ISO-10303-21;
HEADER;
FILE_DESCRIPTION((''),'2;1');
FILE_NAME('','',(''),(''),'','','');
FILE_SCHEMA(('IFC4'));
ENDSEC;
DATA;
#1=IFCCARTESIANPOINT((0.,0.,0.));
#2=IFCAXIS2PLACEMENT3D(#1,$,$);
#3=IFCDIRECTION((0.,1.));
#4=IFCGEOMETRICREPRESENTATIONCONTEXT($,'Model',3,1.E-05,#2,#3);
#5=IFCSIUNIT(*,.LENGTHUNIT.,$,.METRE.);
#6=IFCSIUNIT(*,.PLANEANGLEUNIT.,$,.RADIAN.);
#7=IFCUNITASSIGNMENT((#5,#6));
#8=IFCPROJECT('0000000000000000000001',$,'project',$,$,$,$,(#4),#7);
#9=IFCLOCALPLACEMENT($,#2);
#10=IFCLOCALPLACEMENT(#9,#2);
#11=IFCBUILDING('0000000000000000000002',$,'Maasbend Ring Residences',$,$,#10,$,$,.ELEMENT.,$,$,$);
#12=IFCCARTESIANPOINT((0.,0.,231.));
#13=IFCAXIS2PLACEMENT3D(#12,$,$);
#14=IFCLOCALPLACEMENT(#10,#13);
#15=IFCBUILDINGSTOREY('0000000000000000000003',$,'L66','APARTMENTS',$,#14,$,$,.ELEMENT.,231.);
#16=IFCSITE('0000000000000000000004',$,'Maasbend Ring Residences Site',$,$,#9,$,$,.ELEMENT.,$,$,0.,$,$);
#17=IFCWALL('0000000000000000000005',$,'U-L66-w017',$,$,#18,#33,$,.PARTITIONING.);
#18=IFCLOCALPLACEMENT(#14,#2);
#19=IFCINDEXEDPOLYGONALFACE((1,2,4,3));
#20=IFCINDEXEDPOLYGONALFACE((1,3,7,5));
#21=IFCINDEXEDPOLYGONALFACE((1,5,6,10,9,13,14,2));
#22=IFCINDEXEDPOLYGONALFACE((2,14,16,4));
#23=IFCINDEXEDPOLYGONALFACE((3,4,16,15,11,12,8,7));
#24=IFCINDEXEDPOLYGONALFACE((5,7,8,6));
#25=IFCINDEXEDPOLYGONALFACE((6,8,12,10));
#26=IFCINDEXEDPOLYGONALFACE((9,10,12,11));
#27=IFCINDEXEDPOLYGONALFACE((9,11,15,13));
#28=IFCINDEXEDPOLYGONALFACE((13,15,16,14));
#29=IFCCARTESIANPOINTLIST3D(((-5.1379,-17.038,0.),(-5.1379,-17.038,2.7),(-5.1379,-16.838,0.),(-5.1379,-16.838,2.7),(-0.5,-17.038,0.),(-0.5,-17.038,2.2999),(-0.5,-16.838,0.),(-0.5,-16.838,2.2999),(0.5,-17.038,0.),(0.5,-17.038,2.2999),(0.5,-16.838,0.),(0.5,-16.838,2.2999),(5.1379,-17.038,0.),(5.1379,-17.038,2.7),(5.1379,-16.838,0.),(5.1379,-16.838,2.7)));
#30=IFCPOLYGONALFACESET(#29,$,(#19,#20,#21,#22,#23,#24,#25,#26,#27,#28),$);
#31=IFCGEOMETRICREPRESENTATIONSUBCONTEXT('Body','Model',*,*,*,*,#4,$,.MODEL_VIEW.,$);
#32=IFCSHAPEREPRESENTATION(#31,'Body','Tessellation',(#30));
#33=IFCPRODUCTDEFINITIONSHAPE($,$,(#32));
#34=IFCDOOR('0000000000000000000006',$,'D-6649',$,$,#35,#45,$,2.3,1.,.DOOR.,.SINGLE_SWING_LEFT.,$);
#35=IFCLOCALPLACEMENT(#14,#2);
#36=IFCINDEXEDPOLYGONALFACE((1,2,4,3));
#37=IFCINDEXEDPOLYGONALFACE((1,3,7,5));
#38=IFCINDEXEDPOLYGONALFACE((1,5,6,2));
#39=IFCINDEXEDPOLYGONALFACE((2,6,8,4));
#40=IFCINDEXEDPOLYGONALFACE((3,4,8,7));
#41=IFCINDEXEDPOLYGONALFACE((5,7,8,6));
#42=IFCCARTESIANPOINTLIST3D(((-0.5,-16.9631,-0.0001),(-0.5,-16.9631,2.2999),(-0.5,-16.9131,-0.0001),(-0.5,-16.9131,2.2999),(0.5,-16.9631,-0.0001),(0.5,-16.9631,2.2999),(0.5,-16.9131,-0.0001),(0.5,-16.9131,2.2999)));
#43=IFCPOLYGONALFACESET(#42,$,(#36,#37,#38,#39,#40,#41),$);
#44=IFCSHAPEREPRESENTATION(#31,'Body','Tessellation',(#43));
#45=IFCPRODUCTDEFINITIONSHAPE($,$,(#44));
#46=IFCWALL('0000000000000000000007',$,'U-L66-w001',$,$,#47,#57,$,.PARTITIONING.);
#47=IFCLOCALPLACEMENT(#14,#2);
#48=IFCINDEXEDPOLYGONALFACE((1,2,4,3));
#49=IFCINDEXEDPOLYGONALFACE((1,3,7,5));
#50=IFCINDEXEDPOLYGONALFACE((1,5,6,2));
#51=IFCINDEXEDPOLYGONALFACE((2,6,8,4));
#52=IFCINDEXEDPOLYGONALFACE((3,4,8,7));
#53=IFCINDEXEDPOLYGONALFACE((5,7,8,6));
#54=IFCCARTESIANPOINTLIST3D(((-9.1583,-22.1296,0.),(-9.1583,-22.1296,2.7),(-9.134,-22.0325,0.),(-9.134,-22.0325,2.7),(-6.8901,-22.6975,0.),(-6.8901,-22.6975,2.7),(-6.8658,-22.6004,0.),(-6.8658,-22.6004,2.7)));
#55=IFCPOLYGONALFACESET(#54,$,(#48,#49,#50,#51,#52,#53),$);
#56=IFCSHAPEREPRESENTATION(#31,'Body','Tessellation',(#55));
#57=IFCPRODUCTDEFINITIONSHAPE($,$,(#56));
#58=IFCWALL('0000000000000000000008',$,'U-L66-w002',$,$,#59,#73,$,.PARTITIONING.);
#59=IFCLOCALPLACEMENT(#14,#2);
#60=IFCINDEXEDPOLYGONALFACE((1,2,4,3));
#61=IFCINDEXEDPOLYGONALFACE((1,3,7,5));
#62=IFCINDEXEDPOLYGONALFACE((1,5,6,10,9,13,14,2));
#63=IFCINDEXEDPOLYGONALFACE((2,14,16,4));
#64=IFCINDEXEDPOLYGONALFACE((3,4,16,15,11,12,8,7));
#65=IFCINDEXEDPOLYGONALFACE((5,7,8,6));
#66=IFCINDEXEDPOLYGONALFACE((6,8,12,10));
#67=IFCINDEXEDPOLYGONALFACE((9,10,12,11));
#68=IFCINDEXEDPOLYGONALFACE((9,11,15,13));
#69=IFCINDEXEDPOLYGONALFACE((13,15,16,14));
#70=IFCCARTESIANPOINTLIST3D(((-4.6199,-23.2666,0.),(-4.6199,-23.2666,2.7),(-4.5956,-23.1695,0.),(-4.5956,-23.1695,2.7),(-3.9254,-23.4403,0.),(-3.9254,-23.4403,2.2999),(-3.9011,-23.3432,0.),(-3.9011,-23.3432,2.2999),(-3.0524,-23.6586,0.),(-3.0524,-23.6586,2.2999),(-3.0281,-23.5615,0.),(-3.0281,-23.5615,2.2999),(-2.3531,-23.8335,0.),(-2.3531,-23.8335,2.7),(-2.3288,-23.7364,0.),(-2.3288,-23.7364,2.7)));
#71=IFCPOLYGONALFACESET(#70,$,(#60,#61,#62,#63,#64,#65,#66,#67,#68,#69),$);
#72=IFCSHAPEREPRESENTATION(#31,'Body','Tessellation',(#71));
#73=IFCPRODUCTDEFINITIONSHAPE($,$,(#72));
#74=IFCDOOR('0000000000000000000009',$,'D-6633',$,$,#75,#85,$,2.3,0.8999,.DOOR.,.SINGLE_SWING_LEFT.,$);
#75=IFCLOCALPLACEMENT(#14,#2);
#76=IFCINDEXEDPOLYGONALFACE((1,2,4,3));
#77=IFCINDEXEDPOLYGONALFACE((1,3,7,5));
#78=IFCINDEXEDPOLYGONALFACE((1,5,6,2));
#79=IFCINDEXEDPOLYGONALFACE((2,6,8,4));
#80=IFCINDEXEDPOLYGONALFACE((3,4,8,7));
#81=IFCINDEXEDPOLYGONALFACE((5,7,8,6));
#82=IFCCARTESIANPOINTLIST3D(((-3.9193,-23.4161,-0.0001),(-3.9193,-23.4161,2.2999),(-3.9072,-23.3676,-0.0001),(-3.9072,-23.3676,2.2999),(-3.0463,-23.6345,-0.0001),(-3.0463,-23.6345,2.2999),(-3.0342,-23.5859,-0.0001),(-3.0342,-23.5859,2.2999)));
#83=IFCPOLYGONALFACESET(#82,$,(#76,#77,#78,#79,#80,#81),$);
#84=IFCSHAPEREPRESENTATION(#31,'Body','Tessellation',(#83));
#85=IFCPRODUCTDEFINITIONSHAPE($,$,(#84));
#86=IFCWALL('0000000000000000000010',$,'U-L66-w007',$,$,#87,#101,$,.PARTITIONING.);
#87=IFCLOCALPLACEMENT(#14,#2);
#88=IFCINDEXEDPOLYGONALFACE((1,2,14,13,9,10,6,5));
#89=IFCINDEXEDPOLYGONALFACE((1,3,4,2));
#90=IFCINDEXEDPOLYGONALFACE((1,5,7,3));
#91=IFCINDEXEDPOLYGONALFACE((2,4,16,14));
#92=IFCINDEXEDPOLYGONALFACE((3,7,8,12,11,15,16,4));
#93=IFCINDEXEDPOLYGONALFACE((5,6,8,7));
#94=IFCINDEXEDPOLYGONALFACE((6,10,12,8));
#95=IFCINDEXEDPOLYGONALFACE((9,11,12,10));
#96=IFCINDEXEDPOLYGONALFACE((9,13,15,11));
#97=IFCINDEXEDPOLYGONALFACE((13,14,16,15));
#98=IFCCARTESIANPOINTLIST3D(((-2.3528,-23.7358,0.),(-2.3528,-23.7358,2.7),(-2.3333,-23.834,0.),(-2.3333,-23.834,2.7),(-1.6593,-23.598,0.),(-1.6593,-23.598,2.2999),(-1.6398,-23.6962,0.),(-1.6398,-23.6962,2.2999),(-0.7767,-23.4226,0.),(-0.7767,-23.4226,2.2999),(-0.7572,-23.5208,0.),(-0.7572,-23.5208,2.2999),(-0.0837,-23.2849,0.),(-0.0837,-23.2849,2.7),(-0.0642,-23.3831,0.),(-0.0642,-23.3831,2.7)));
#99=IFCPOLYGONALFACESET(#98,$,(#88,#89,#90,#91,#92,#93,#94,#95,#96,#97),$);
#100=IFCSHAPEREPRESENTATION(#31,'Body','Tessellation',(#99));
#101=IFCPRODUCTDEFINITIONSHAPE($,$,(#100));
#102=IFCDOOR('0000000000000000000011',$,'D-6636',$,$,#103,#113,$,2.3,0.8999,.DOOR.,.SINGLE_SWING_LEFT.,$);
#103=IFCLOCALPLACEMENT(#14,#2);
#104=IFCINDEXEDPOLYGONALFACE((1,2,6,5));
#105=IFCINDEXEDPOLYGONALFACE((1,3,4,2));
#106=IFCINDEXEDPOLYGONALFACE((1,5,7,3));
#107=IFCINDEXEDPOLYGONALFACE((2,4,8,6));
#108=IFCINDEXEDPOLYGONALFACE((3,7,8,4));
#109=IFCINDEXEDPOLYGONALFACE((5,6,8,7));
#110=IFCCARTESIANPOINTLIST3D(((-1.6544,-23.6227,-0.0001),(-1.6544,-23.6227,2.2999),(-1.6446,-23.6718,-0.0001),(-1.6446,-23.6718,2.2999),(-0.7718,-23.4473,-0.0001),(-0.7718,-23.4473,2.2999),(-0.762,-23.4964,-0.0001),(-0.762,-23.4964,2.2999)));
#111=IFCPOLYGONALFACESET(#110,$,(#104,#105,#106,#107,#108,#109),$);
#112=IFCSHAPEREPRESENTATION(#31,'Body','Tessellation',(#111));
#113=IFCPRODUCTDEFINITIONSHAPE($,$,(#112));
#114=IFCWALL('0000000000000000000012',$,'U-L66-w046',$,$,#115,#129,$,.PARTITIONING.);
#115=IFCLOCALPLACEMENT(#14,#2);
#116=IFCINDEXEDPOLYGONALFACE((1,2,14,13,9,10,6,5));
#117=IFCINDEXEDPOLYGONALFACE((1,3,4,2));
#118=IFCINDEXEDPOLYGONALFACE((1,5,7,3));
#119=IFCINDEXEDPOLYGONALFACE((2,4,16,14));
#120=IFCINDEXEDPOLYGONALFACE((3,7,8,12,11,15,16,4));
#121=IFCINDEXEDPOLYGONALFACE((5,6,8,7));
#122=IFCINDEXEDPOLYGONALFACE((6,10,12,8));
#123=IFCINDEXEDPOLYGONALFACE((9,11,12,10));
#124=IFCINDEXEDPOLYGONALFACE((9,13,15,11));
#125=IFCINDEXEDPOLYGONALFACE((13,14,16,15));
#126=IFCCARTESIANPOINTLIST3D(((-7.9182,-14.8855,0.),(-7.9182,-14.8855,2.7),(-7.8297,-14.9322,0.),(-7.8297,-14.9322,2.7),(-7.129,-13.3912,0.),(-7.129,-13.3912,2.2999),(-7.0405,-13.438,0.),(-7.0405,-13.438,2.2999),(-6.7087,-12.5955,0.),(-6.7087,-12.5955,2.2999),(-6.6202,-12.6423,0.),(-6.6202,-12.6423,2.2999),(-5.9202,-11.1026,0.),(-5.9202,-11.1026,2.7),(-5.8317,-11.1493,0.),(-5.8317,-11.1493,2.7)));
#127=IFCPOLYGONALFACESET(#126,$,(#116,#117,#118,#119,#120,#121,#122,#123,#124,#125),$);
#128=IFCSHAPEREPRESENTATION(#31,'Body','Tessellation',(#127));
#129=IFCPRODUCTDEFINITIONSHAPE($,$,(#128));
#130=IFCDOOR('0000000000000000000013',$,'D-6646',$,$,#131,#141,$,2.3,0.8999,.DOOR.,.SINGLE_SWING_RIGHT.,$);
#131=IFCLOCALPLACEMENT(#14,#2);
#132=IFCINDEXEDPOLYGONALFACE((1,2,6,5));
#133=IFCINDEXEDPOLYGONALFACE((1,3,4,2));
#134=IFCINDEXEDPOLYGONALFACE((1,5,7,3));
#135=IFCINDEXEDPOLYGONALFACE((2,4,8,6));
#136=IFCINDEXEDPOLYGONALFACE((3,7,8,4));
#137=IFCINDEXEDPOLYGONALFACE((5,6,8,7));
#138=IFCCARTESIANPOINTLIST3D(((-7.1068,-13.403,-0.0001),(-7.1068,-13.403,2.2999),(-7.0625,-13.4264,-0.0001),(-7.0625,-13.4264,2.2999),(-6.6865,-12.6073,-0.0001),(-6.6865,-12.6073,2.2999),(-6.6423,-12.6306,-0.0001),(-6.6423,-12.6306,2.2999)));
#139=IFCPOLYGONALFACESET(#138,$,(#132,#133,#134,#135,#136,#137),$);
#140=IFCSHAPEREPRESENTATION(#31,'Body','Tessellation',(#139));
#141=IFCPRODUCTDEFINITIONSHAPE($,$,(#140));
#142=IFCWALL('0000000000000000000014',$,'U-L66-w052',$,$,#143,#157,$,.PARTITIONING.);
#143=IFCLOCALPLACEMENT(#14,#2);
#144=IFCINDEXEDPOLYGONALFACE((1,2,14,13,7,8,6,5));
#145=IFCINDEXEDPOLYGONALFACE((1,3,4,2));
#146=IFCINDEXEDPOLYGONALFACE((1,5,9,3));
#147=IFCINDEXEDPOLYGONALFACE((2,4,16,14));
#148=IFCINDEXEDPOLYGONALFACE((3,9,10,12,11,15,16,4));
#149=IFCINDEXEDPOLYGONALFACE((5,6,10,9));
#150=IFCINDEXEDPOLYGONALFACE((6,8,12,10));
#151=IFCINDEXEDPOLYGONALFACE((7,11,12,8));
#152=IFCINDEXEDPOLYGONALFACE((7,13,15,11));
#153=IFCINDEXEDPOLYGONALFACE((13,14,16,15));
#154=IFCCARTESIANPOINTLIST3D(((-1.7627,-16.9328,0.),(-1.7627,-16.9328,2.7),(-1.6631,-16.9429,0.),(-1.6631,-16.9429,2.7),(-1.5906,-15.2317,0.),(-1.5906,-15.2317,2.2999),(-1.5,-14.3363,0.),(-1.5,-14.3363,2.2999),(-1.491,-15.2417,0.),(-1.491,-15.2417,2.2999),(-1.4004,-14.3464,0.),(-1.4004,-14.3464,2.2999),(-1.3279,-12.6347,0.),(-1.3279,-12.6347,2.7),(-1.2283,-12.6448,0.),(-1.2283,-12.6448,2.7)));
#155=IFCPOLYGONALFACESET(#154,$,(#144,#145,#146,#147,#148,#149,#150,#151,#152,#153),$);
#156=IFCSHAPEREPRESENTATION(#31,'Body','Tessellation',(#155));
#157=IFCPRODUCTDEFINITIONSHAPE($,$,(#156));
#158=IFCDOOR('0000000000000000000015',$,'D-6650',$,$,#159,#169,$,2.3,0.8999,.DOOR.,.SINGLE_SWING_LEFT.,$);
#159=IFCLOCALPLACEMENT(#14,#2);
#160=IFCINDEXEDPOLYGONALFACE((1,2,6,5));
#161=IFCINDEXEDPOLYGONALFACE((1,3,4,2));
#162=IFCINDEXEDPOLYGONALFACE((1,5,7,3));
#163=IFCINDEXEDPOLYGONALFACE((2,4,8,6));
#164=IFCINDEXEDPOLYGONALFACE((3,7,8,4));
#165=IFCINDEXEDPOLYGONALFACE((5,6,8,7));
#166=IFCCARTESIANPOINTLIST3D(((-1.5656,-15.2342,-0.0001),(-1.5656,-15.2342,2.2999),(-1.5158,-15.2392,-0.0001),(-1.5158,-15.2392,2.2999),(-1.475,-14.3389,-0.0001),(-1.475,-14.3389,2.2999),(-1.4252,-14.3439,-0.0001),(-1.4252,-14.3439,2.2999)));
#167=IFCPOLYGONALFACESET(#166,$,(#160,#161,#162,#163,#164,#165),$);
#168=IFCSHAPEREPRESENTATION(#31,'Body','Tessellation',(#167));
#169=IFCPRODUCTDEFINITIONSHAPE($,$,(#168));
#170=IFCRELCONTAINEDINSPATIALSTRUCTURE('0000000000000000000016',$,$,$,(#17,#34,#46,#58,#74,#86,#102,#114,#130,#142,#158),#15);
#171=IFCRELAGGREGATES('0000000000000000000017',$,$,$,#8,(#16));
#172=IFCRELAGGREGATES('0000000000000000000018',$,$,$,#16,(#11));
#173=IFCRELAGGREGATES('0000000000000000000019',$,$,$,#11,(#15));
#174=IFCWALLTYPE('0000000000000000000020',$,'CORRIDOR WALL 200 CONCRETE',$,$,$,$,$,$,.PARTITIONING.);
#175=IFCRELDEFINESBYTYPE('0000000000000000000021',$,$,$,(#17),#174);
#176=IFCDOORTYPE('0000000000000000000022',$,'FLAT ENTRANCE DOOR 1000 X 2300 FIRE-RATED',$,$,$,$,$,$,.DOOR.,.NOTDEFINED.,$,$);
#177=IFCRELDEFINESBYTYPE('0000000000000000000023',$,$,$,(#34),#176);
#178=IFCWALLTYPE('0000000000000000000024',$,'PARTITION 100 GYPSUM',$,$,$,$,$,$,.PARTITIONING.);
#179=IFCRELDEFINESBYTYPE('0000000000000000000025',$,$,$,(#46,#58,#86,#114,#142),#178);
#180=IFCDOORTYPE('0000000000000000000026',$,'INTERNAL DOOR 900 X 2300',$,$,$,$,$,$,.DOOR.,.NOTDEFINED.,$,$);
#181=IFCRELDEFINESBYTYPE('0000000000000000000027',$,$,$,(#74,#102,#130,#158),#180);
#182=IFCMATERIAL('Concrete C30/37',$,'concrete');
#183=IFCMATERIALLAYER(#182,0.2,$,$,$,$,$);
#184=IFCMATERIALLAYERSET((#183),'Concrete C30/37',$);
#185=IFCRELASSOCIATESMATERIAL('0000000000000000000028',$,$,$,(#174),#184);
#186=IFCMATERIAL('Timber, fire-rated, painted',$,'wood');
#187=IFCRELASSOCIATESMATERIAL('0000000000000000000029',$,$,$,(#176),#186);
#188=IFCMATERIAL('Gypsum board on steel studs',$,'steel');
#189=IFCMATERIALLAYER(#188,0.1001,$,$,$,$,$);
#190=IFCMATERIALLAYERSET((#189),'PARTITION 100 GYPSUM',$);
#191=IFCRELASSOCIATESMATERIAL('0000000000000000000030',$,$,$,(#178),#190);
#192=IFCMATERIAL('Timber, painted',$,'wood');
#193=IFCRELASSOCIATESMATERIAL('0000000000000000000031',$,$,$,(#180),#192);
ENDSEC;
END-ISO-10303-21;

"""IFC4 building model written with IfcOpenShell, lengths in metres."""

from ifc_helpers import new_model, si_unit, direction, frame, frame_2d, origin, place, context, subcontext, project, spatial, rectangle, extrude, material, layer, layer_set, type_object, element, fill, save


model = new_model("IFC4")

# Units and contexts
model_context = context("Model", 3, precision=1e-05, world=origin(), true_north=direction((0.0, 1.0)))
body_context = subcontext(model_context, "Body", "Model", "MODEL_VIEW")
ifc_project = project(units=[si_unit("LENGTHUNIT", "METRE"), si_unit("PLANEANGLEUNIT", "RADIAN")], contexts=[model_context])

# Site, building, storey
site_placement = place(None, origin())
site = spatial("IfcSite", under=ifc_project, at=site_placement, Name="Maasbend Ring Residences Site", CompositionType="ELEMENT", RefElevation=0.0)
building_placement = place(site_placement, origin())
building = spatial("IfcBuilding", under=site, at=building_placement, Name="Maasbend Ring Residences", CompositionType="ELEMENT")
storey_placement = place(building_placement, frame((0.0, 0.0, 231.0)))
storey = spatial("IfcBuildingStorey", under=building, at=storey_placement, Name="L66", Description="APARTMENTS", CompositionType="ELEMENT", Elevation=231.0)

# Wall, opening, door
ifc_material_1 = material(Name="Concrete C30/37", Category="concrete")
ifc_layer_1 = layer(ifc_material_1, 0.2)
ifc_layer_set_1 = layer_set([ifc_layer_1], Name="Concrete C30/37")
wall_type_1 = type_object("IfcWallType", Name="CORRIDOR WALL 200 CONCRETE", PredefinedType="PARTITIONING", material=ifc_layer_set_1)
ifc_material_2 = material(Name="Timber, fire-rated, painted", Category="wood")
door_type_1 = type_object("IfcDoorType", Name="FLAT ENTRANCE DOOR 1000 X 2300 FIRE-RATED", OperationType="NOTDEFINED", PredefinedType="DOOR", material=ifc_material_2)
wall_1_placement = place(storey_placement, frame((-5.1379, -16.938, 0.0), z_axis=(0.0, 0.0, 1.0), x_axis=(1.0, 0.0, 0.0)))
wall_1 = element("IfcWall", 1, at=wall_1_placement, inside=storey, type_object=wall_type_1, Name="U-L66-w017", PredefinedType="PARTITIONING", context=body_context, shape_type="SweptSolid", body=[
    extrude(rectangle(XDim=10.2759, YDim=0.2, at=frame_2d((5.1379, 0.0))), origin(), (0.0, 0.0, 1.0), 2.7),
])
opening_1_placement = place(wall_1_placement, frame((4.6379, 0.0, 0.0)))
opening_1 = element("IfcOpeningElement", 2, at=opening_1_placement, cuts=wall_1, PredefinedType="OPENING", context=body_context, shape_type="SweptSolid", body=[
    extrude(rectangle(XDim=1.0, YDim=2.3, at=frame_2d((0.5, 1.1499))), frame((0.0, 0.1099, 0.0), z_axis=(0.0, -1.0, 0.0), x_axis=(1.0, 0.0, 0.0)), (0.0, 0.0, 1.0), 0.22),
])
door_1_placement = place(opening_1_placement, origin())
door_1 = element("IfcDoor", 3, at=door_1_placement, inside=storey, type_object=door_type_1, Name="D-6649", OperationType="SINGLE_SWING_LEFT", OverallHeight=2.3, OverallWidth=1.0, PredefinedType="DOOR", context=body_context, shape_type="SweptSolid", body=[
    extrude(rectangle(XDim=1.0, YDim=2.3, at=frame_2d((0.5, 1.1499))), frame((0.0, 0.0249, 0.0), z_axis=(0.0, -1.0, 0.0), x_axis=(1.0, 0.0, 0.0)), (0.0, 0.0, 1.0), 0.05),
])
fill(opening_1, door_1)

# Wall
ifc_material_3 = material(Name="Gypsum board on steel studs", Category="steel")
ifc_layer_2 = layer(ifc_material_3, 0.1001)
ifc_layer_set_2 = layer_set([ifc_layer_2], Name="PARTITION 100 GYPSUM")
wall_type_2 = type_object("IfcWallType", Name="PARTITION 100 GYPSUM", PredefinedType="PARTITIONING", material=ifc_layer_set_2)
wall_2_placement = place(storey_placement, frame((-9.146, -22.0811, 0.0), z_axis=(0.0, 0.0, 1.0), x_axis=(0.970056, -0.24288, 0.0)))
element("IfcWall", 4, at=wall_2_placement, inside=storey, type_object=wall_type_2, Name="U-L66-w001", PredefinedType="PARTITIONING", context=body_context, shape_type="SweptSolid", body=[
    extrude(rectangle(XDim=2.3381, YDim=0.1001, at=frame_2d((1.1689, 0.0))), origin(), (0.0, 0.0, 1.0), 2.7),
])

# Walls, openings, doors
wall_3_placement = place(storey_placement, frame((-4.6079, -23.218, 0.0), z_axis=(0.0, 0.0, 1.0), x_axis=(0.970124, -0.242609, 0.0)))
wall_3 = element("IfcWall", 5, at=wall_3_placement, inside=storey, type_object=wall_type_2, Name="U-L66-w002", PredefinedType="PARTITIONING", context=body_context, shape_type="SweptSolid", body=[
    extrude(rectangle(XDim=2.3367, YDim=0.1001, at=frame_2d((1.1685, 0.0))), origin(), (0.0, 0.0, 1.0), 2.7),
])
opening_2_placement = place(wall_3_placement, frame((0.7161, 0.0, 0.0)))
opening_2 = element("IfcOpeningElement", 6, at=opening_2_placement, cuts=wall_3, PredefinedType="OPENING", context=body_context, shape_type="SweptSolid", body=[
    extrude(rectangle(XDim=0.8999, YDim=2.3, at=frame_2d((0.45, 1.1499))), frame((0.0, 0.0601, 0.0), z_axis=(0.0, -1.0, 0.0), x_axis=(1.0, 0.0, 0.0)), (0.0, 0.0, 1.0), 0.1201),
])
ifc_material_4 = material(Name="Timber, painted", Category="wood")
door_type_2 = type_object("IfcDoorType", Name="INTERNAL DOOR 900 X 2300", OperationType="NOTDEFINED", PredefinedType="DOOR", material=ifc_material_4)
door_2_placement = place(opening_2_placement, origin())
door_2 = element("IfcDoor", 7, at=door_2_placement, inside=storey, type_object=door_type_2, Name="D-6633", OperationType="SINGLE_SWING_LEFT", OverallHeight=2.3, OverallWidth=0.8999, PredefinedType="DOOR", context=body_context, shape_type="SweptSolid", body=[
    extrude(rectangle(XDim=0.8999, YDim=2.3, at=frame_2d((0.45, 1.1499))), frame((0.0, 0.0249, 0.0), z_axis=(0.0, -1.0, 0.0), x_axis=(1.0, 0.0, 0.0)), (0.0, 0.0, 1.0), 0.05),
])
fill(opening_2, door_2)
wall_4_placement = place(storey_placement, frame((-2.343, -23.7849, 0.0), z_axis=(0.0, 0.0, 1.0), x_axis=(0.980819, 0.194919, 0.0)))
wall_4 = element("IfcWall", 8, at=wall_4_placement, inside=storey, type_object=wall_type_2, Name="U-L66-w007", PredefinedType="PARTITIONING", context=body_context, shape_type="SweptSolid", body=[
    extrude(rectangle(XDim=2.3135, YDim=0.1001, at=frame_2d((1.1567, 0.0))), origin(), (0.0, 0.0, 1.0), 2.7),
])
opening_3_placement = place(wall_4_placement, frame((0.707, 0.0, 0.0)))
opening_3 = element("IfcOpeningElement", 9, at=opening_3_placement, cuts=wall_4, PredefinedType="OPENING", context=body_context, shape_type="SweptSolid", body=[
    extrude(rectangle(XDim=0.8999, YDim=2.3, at=frame_2d((0.45, 1.1499))), frame((0.0, 0.0601, 0.0), z_axis=(0.0, -1.0, 0.0), x_axis=(1.0, 0.0, 0.0)), (0.0, 0.0, 1.0), 0.1201),
])
door_3_placement = place(opening_3_placement, origin())
door_3 = element("IfcDoor", 10, at=door_3_placement, inside=storey, type_object=door_type_2, Name="D-6636", OperationType="SINGLE_SWING_LEFT", OverallHeight=2.3, OverallWidth=0.8999, PredefinedType="DOOR", context=body_context, shape_type="SweptSolid", body=[
    extrude(rectangle(XDim=0.8999, YDim=2.3, at=frame_2d((0.45, 1.1499))), frame((0.0, 0.0249, 0.0), z_axis=(0.0, -1.0, 0.0), x_axis=(1.0, 0.0, 0.0)), (0.0, 0.0, 1.0), 0.05),
])
fill(opening_3, door_3)
wall_5_placement = place(storey_placement, frame((-7.874, -14.9089, 0.0), z_axis=(0.0, 0.0, 1.0), x_axis=(0.46703, 0.884241, 0.0)))
wall_5 = element("IfcWall", 11, at=wall_5_placement, inside=storey, type_object=wall_type_2, Name="U-L66-w046", PredefinedType="PARTITIONING", context=body_context, shape_type="SweptSolid", body=[
    extrude(rectangle(XDim=4.2781, YDim=0.1001, at=frame_2d((2.1392, 0.0))), origin(), (0.0, 0.0, 1.0), 2.7),
])
opening_4_placement = place(wall_5_placement, frame((1.6899, 0.0, 0.0)))
opening_4 = element("IfcOpeningElement", 12, at=opening_4_placement, cuts=wall_5, PredefinedType="OPENING", context=body_context, shape_type="SweptSolid", body=[
    extrude(rectangle(XDim=0.8999, YDim=2.3, at=frame_2d((0.45, 1.1499))), frame((0.0, 0.0601, 0.0), z_axis=(0.0, -1.0, 0.0), x_axis=(1.0, 0.0, 0.0)), (0.0, 0.0, 1.0), 0.1201),
])
door_4_placement = place(opening_4_placement, origin())
door_4 = element("IfcDoor", 13, at=door_4_placement, inside=storey, type_object=door_type_2, Name="D-6646", OperationType="SINGLE_SWING_RIGHT", OverallHeight=2.3, OverallWidth=0.8999, PredefinedType="DOOR", context=body_context, shape_type="SweptSolid", body=[
    extrude(rectangle(XDim=0.8999, YDim=2.3, at=frame_2d((0.45, 1.1499))), frame((0.0, 0.0249, 0.0), z_axis=(0.0, -1.0, 0.0), x_axis=(1.0, 0.0, 0.0)), (0.0, 0.0, 1.0), 0.05),
])
fill(opening_4, door_4)
wall_6_placement = place(storey_placement, frame((-1.7129, -16.938, 0.0), z_axis=(0.0, 0.0, 1.0), x_axis=(0.100651, 0.994922, 0.0)))
wall_6 = element("IfcWall", 14, at=wall_6_placement, inside=storey, type_object=wall_type_2, Name="U-L66-w052", PredefinedType="PARTITIONING", context=body_context, shape_type="SweptSolid", body=[
    extrude(rectangle(XDim=4.3201, YDim=0.1001, at=frame_2d((2.1602, 0.0))), origin(), (0.0, 0.0, 1.0), 2.7),
])
opening_5_placement = place(wall_6_placement, frame((1.71, 0.0, 0.0)))
opening_5 = element("IfcOpeningElement", 15, at=opening_5_placement, cuts=wall_6, PredefinedType="OPENING", context=body_context, shape_type="SweptSolid", body=[
    extrude(rectangle(XDim=0.8999, YDim=2.3, at=frame_2d((0.45, 1.1499))), frame((0.0, 0.0601, 0.0), z_axis=(0.0, -1.0, 0.0), x_axis=(1.0, 0.0, 0.0)), (0.0, 0.0, 1.0), 0.1201),
])
door_5_placement = place(opening_5_placement, origin())
door_5 = element("IfcDoor", 16, at=door_5_placement, inside=storey, type_object=door_type_2, Name="D-6650", OperationType="SINGLE_SWING_LEFT", OverallHeight=2.3, OverallWidth=0.8999, PredefinedType="DOOR", context=body_context, shape_type="SweptSolid", body=[
    extrude(rectangle(XDim=0.8999, YDim=2.3, at=frame_2d((0.45, 1.1499))), frame((0.0, 0.0249, 0.0), z_axis=(0.0, -1.0, 0.0), x_axis=(1.0, 0.0, 0.0)), (0.0, 0.0, 1.0), 0.05),
])
fill(opening_5, door_5)

save(model, "model.ifc")
